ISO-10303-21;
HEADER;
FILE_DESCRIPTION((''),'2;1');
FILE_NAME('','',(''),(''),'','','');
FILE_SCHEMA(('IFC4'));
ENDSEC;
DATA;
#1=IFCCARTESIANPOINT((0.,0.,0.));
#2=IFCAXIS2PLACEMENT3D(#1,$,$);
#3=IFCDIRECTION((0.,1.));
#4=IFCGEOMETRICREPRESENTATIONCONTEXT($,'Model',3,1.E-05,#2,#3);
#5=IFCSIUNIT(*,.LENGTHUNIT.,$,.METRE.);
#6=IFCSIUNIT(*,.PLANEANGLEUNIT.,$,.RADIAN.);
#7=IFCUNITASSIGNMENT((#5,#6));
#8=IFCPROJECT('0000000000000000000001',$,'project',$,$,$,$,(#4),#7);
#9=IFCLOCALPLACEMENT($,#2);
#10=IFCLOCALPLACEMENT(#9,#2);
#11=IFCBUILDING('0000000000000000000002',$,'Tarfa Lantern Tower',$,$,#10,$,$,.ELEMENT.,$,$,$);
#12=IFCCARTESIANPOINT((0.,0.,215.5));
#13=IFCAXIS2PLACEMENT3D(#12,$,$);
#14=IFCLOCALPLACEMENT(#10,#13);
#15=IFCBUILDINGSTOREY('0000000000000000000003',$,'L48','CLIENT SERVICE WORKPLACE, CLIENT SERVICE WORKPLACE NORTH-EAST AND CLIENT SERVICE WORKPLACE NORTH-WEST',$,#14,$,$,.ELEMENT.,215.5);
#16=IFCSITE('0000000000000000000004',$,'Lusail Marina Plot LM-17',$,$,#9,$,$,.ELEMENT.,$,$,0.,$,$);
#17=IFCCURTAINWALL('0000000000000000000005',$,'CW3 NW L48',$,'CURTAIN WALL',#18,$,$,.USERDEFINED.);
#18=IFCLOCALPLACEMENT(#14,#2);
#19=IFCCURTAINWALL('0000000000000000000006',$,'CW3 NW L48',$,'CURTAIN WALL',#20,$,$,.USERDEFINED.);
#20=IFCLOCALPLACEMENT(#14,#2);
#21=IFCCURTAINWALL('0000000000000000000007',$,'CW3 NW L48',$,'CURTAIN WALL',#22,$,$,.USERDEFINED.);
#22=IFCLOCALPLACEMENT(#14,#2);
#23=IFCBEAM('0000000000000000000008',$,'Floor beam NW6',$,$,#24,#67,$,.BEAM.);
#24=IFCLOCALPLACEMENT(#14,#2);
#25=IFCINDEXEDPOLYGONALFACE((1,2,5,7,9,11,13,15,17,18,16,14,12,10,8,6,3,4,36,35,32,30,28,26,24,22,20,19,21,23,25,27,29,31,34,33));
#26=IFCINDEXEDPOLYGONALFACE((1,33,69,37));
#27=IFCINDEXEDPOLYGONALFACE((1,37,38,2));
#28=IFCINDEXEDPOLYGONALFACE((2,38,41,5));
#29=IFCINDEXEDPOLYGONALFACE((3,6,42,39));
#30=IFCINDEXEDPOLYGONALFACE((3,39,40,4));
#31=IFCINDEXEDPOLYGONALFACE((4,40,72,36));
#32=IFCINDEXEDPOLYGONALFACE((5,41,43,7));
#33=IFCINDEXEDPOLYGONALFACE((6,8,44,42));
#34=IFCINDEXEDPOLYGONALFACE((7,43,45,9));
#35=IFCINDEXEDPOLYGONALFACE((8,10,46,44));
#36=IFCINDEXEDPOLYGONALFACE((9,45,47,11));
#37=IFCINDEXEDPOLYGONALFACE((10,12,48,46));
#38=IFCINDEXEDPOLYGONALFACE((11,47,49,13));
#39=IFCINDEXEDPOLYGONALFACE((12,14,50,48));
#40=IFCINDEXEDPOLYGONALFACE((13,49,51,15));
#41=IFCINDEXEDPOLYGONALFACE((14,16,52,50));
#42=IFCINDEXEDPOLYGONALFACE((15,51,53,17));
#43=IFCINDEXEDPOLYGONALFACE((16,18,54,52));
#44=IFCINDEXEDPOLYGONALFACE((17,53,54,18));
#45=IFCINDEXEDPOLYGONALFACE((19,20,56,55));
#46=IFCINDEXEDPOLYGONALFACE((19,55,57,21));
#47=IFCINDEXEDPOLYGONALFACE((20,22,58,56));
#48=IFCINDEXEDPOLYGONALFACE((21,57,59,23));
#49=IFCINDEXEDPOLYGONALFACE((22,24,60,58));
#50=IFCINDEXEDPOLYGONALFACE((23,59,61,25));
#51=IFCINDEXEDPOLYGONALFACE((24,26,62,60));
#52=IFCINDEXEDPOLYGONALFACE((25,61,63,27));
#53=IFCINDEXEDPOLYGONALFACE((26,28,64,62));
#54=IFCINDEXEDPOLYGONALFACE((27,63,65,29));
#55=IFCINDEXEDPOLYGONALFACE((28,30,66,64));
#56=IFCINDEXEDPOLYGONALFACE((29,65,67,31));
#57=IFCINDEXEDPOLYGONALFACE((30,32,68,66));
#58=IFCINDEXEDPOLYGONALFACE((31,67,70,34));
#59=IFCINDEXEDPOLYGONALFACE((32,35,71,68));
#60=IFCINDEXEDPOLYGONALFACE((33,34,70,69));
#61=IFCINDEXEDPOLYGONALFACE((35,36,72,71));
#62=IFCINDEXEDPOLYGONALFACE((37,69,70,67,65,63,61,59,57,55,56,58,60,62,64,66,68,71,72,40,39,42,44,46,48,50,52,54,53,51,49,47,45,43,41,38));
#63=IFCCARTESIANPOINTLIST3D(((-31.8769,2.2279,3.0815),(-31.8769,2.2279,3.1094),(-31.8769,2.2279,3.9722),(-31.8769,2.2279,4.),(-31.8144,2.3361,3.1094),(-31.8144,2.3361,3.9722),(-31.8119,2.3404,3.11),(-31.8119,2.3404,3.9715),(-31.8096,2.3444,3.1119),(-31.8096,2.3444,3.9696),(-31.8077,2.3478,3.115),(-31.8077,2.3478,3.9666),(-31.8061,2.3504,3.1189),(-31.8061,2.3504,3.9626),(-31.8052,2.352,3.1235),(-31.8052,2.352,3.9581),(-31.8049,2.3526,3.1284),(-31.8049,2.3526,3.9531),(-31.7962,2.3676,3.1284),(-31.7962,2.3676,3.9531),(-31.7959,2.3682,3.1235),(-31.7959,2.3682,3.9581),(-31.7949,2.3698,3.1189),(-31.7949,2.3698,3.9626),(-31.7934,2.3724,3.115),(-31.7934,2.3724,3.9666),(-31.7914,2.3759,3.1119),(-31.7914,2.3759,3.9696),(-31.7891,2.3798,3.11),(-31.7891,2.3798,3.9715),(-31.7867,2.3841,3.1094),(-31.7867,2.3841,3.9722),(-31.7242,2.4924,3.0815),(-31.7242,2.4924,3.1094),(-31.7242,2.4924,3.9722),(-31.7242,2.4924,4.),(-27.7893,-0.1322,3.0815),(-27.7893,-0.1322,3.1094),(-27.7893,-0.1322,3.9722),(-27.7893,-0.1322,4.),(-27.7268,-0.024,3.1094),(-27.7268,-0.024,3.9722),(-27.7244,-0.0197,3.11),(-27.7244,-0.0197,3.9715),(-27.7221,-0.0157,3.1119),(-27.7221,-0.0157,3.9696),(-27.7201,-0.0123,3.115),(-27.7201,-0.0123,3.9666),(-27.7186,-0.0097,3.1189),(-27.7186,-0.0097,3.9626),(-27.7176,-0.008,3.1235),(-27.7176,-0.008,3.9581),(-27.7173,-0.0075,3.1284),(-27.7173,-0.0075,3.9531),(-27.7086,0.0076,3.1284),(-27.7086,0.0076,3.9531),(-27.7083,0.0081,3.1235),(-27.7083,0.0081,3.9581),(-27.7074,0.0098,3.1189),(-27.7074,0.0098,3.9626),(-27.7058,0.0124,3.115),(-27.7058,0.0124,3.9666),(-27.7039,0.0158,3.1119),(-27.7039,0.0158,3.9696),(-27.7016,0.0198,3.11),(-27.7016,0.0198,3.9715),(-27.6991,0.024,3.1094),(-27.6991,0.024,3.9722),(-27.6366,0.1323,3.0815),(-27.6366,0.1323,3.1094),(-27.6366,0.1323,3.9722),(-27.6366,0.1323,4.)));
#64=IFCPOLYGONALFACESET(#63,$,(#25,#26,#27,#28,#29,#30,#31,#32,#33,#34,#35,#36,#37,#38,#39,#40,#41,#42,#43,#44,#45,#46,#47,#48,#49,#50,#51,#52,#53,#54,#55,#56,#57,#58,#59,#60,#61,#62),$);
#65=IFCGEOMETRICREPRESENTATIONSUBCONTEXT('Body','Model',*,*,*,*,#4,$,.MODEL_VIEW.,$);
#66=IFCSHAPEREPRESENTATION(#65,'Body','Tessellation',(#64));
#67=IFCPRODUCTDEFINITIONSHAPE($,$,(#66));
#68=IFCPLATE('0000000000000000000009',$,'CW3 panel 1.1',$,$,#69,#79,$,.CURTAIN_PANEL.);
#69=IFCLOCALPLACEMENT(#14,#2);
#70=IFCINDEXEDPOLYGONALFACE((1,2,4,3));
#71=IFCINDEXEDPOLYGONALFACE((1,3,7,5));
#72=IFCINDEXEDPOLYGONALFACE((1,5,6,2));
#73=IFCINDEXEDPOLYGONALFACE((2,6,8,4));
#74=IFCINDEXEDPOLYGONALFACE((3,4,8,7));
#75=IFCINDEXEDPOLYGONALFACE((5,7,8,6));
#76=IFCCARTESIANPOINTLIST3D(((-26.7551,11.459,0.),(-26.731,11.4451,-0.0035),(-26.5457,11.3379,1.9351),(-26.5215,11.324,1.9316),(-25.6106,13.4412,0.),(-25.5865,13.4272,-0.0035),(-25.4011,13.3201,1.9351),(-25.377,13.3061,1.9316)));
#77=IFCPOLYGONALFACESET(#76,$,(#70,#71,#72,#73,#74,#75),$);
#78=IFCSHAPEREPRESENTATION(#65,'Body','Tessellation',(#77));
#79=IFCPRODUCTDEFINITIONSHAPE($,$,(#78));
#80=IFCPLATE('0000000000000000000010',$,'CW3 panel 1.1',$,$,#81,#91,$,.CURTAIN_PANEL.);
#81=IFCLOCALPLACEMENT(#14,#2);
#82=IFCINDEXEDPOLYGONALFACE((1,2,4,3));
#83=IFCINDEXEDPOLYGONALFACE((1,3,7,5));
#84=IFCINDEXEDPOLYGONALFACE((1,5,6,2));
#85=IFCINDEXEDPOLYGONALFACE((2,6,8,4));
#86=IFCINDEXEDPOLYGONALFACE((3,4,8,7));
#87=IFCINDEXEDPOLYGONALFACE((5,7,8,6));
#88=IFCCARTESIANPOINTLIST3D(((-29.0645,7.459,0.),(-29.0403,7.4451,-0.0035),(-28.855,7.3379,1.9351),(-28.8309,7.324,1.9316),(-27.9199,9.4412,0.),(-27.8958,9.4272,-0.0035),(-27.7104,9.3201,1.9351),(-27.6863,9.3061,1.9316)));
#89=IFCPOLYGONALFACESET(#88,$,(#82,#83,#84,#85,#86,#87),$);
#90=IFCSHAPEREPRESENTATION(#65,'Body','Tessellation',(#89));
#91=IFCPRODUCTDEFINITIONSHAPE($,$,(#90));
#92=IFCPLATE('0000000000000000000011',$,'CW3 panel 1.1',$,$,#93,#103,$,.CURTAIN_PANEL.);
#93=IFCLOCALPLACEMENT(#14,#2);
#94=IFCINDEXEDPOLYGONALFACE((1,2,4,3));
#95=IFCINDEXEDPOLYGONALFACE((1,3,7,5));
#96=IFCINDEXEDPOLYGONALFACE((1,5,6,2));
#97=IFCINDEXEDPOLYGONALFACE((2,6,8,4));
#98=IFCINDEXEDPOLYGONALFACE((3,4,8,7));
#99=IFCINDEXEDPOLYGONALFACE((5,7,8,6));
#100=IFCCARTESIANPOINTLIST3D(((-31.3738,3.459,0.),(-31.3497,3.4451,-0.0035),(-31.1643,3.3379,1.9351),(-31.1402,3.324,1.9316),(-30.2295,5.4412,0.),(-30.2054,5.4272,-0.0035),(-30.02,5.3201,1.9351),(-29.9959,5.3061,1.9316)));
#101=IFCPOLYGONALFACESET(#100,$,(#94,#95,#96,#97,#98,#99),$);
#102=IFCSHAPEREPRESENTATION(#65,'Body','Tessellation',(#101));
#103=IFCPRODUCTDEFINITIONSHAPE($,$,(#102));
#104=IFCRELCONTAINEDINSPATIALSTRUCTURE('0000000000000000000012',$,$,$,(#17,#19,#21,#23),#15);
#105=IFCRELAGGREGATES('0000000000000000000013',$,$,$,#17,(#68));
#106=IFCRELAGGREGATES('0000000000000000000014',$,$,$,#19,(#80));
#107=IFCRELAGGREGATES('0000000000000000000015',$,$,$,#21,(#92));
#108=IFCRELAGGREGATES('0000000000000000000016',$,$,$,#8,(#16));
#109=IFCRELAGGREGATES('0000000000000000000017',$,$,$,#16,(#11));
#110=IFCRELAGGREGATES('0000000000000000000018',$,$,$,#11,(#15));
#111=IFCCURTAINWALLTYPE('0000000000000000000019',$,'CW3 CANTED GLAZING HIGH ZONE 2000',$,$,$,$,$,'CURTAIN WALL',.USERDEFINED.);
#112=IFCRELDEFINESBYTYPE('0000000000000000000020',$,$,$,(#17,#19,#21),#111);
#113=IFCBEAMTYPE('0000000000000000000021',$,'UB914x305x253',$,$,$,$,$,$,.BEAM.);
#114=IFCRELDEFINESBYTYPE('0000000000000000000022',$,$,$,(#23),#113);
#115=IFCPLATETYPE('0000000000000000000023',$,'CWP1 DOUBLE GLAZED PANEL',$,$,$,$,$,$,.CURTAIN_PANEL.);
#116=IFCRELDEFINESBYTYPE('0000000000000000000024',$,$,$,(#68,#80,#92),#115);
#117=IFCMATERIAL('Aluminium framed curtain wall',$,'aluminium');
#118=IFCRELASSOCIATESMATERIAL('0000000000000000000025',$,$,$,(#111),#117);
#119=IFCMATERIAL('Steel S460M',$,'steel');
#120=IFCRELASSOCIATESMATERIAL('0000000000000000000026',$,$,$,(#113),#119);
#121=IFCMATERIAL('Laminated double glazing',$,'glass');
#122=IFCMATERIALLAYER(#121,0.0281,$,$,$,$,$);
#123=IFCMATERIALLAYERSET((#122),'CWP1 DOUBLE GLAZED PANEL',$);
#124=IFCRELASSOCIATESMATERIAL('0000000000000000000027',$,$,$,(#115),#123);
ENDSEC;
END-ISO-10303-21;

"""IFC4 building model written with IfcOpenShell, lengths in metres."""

from ifc_helpers import new_model, si_unit, direction, frame, origin, origin_2d, place, context, subcontext, project, spatial, polyline, i_section, outline, extrude, material, layer, layer_set, material_profile, profile_set, type_object, element, aggregate, save


model = new_model("IFC4")

# Units and contexts
model_context = context("Model", 3, precision=1e-05, world=origin(), true_north=direction((0.0, 1.0)))
body_context = subcontext(model_context, "Body", "Model", "MODEL_VIEW")
ifc_project = project(units=[si_unit("LENGTHUNIT", "METRE"), si_unit("PLANEANGLEUNIT", "RADIAN")], contexts=[model_context])

# Site, building, storey
site_placement = place(None, origin())
site = spatial("IfcSite", under=ifc_project, at=site_placement, Name="Lusail Marina Plot LM-17", CompositionType="ELEMENT", RefElevation=0.0)
building_placement = place(site_placement, origin())
building = spatial("IfcBuilding", under=site, at=building_placement, Name="Tarfa Lantern Tower", CompositionType="ELEMENT")
storey_placement = place(building_placement, frame((0.0, 0.0, 215.5)))
storey = spatial("IfcBuildingStorey", under=building, at=storey_placement, Name="L48", Description="CLIENT SERVICE WORKPLACE, CLIENT SERVICE WORKPLACE NORTH-EAST AND CLIENT SERVICE WORKPLACE NORTH-WEST", CompositionType="ELEMENT", Elevation=215.5)

# Shared definitions
ifc_material_1 = material(Name="Steel S460M", Category="steel")

# Curtain wall
ifc_material_2 = material(Name="Aluminium framed curtain wall", Category="aluminium")
curtain_wall_type = type_object("IfcCurtainWallType", Name="CW3 CANTED GLAZING HIGH ZONE 2000", ElementType="CURTAIN WALL", PredefinedType="USERDEFINED", material=ifc_material_2)
curtain_wall_1_placement = place(storey_placement, origin())
curtain_wall_1 = element("IfcCurtainWall", 1, at=curtain_wall_1_placement, inside=storey, type_object=curtain_wall_type, Name="CW3 NW L48", ObjectType="CURTAIN WALL", PredefinedType="USERDEFINED")

# Curtain walls
curtain_wall_2_placement = place(storey_placement, origin())
curtain_wall_2 = element("IfcCurtainWall", 2, at=curtain_wall_2_placement, inside=storey, type_object=curtain_wall_type, Name="CW3 NW L48", ObjectType="CURTAIN WALL", PredefinedType="USERDEFINED")
curtain_wall_3_placement = place(storey_placement, origin())
curtain_wall_3 = element("IfcCurtainWall", 3, at=curtain_wall_3_placement, inside=storey, type_object=curtain_wall_type, Name="CW3 NW L48", ObjectType="CURTAIN WALL", PredefinedType="USERDEFINED")

# Beam
ifc_material_profile_1 = material_profile(ifc_material_1, i_section(OverallWidth=0.3054, OverallDepth=0.9185, WebThickness=0.0173, FlangeThickness=0.0278, FilletRadius=0.019, at=origin_2d()), Name="UB914x305x253")
ifc_profile_set_1 = profile_set([ifc_material_profile_1], Name="Steel S460M")
beam_type_1 = type_object("IfcBeamType", Name="UB914x305x253", PredefinedType="BEAM", material=ifc_profile_set_1)
beam_1_placement = place(storey_placement, frame((-31.8005, 2.3601, 3.5408), z_axis=(0.866016, -0.500016, 0.0), x_axis=(0.500016, 0.866016, 0.0)))
element("IfcBeam", 4, at=beam_1_placement, inside=storey, type_object=beam_type_1, Name="Floor beam NW6", PredefinedType="BEAM", context=body_context, shape_type="SweptSolid", body=[
    extrude(i_section(OverallWidth=0.3054, OverallDepth=0.9185, WebThickness=0.0173, FlangeThickness=0.0278, FilletRadius=0.019, at=origin_2d()), origin(), (0.0, 0.0, 1.0), 4.72),
])

# Plates
ifc_material_3 = material(Name="Laminated double glazing", Category="glass")
ifc_layer = layer(ifc_material_3, 0.0281)
ifc_layer_set = layer_set([ifc_layer], Name="CWP1 DOUBLE GLAZED PANEL")
plate_type = type_object("IfcPlateType", Name="CWP1 DOUBLE GLAZED PANEL", PredefinedType="CURTAIN_PANEL", material=ifc_layer_set)
plate_1_placement = place(storey_placement, frame((-25.6106, 13.4412, 0.0), z_axis=(-0.859311, 0.496176, 0.124072), x_axis=(-0.500039, -0.866003, 0.0)))
plate_1 = element("IfcPlate", 5, at=plate_1_placement, type_object=plate_type, Name="CW3 panel 1.1", PredefinedType="CURTAIN_PANEL", context=body_context, shape_type="SweptSolid", body=[
    extrude(outline(polyline([(0.0, 0.0), (2.2889, 0.0), (2.289, 1.9501), (0.0001, 1.9501), (0.0, 0.0)])), origin(), (0.0, 0.0, -1.0), 0.0281),
])
aggregate(curtain_wall_1, [plate_1])
plate_2_placement = place(storey_placement, frame((-27.9199, 9.4412, 0.0), z_axis=(-0.859311, 0.496176, 0.124072), x_axis=(-0.500039, -0.866003, 0.0)))
plate_2 = element("IfcPlate", 6, at=plate_2_placement, type_object=plate_type, Name="CW3 panel 1.1", PredefinedType="CURTAIN_PANEL", context=body_context, shape_type="SweptSolid", body=[
    extrude(outline(polyline([(0.0, 0.0), (2.2889, 0.0), (2.289, 1.9501), (0.0001, 1.9501), (0.0, 0.0)])), origin(), (0.0, 0.0, -1.0), 0.0281),
])
aggregate(curtain_wall_2, [plate_2])
plate_3_placement = place(storey_placement, frame((-30.2295, 5.4412, 0.0), z_axis=(-0.859357, 0.496096, 0.124072), x_axis=(-0.499959, -0.866049, 0.0)))
plate_3 = element("IfcPlate", 7, at=plate_3_placement, type_object=plate_type, Name="CW3 panel 1.1", PredefinedType="CURTAIN_PANEL", context=body_context, shape_type="SweptSolid", body=[
    extrude(outline(polyline([(0.0, 0.0), (2.2888, 0.0), (2.2889, 1.9501), (0.0001, 1.9501), (0.0, 0.0)])), origin(), (0.0, 0.0, -1.0), 0.0281),
])
aggregate(curtain_wall_3, [plate_3])

save(model, "model.ifc")
